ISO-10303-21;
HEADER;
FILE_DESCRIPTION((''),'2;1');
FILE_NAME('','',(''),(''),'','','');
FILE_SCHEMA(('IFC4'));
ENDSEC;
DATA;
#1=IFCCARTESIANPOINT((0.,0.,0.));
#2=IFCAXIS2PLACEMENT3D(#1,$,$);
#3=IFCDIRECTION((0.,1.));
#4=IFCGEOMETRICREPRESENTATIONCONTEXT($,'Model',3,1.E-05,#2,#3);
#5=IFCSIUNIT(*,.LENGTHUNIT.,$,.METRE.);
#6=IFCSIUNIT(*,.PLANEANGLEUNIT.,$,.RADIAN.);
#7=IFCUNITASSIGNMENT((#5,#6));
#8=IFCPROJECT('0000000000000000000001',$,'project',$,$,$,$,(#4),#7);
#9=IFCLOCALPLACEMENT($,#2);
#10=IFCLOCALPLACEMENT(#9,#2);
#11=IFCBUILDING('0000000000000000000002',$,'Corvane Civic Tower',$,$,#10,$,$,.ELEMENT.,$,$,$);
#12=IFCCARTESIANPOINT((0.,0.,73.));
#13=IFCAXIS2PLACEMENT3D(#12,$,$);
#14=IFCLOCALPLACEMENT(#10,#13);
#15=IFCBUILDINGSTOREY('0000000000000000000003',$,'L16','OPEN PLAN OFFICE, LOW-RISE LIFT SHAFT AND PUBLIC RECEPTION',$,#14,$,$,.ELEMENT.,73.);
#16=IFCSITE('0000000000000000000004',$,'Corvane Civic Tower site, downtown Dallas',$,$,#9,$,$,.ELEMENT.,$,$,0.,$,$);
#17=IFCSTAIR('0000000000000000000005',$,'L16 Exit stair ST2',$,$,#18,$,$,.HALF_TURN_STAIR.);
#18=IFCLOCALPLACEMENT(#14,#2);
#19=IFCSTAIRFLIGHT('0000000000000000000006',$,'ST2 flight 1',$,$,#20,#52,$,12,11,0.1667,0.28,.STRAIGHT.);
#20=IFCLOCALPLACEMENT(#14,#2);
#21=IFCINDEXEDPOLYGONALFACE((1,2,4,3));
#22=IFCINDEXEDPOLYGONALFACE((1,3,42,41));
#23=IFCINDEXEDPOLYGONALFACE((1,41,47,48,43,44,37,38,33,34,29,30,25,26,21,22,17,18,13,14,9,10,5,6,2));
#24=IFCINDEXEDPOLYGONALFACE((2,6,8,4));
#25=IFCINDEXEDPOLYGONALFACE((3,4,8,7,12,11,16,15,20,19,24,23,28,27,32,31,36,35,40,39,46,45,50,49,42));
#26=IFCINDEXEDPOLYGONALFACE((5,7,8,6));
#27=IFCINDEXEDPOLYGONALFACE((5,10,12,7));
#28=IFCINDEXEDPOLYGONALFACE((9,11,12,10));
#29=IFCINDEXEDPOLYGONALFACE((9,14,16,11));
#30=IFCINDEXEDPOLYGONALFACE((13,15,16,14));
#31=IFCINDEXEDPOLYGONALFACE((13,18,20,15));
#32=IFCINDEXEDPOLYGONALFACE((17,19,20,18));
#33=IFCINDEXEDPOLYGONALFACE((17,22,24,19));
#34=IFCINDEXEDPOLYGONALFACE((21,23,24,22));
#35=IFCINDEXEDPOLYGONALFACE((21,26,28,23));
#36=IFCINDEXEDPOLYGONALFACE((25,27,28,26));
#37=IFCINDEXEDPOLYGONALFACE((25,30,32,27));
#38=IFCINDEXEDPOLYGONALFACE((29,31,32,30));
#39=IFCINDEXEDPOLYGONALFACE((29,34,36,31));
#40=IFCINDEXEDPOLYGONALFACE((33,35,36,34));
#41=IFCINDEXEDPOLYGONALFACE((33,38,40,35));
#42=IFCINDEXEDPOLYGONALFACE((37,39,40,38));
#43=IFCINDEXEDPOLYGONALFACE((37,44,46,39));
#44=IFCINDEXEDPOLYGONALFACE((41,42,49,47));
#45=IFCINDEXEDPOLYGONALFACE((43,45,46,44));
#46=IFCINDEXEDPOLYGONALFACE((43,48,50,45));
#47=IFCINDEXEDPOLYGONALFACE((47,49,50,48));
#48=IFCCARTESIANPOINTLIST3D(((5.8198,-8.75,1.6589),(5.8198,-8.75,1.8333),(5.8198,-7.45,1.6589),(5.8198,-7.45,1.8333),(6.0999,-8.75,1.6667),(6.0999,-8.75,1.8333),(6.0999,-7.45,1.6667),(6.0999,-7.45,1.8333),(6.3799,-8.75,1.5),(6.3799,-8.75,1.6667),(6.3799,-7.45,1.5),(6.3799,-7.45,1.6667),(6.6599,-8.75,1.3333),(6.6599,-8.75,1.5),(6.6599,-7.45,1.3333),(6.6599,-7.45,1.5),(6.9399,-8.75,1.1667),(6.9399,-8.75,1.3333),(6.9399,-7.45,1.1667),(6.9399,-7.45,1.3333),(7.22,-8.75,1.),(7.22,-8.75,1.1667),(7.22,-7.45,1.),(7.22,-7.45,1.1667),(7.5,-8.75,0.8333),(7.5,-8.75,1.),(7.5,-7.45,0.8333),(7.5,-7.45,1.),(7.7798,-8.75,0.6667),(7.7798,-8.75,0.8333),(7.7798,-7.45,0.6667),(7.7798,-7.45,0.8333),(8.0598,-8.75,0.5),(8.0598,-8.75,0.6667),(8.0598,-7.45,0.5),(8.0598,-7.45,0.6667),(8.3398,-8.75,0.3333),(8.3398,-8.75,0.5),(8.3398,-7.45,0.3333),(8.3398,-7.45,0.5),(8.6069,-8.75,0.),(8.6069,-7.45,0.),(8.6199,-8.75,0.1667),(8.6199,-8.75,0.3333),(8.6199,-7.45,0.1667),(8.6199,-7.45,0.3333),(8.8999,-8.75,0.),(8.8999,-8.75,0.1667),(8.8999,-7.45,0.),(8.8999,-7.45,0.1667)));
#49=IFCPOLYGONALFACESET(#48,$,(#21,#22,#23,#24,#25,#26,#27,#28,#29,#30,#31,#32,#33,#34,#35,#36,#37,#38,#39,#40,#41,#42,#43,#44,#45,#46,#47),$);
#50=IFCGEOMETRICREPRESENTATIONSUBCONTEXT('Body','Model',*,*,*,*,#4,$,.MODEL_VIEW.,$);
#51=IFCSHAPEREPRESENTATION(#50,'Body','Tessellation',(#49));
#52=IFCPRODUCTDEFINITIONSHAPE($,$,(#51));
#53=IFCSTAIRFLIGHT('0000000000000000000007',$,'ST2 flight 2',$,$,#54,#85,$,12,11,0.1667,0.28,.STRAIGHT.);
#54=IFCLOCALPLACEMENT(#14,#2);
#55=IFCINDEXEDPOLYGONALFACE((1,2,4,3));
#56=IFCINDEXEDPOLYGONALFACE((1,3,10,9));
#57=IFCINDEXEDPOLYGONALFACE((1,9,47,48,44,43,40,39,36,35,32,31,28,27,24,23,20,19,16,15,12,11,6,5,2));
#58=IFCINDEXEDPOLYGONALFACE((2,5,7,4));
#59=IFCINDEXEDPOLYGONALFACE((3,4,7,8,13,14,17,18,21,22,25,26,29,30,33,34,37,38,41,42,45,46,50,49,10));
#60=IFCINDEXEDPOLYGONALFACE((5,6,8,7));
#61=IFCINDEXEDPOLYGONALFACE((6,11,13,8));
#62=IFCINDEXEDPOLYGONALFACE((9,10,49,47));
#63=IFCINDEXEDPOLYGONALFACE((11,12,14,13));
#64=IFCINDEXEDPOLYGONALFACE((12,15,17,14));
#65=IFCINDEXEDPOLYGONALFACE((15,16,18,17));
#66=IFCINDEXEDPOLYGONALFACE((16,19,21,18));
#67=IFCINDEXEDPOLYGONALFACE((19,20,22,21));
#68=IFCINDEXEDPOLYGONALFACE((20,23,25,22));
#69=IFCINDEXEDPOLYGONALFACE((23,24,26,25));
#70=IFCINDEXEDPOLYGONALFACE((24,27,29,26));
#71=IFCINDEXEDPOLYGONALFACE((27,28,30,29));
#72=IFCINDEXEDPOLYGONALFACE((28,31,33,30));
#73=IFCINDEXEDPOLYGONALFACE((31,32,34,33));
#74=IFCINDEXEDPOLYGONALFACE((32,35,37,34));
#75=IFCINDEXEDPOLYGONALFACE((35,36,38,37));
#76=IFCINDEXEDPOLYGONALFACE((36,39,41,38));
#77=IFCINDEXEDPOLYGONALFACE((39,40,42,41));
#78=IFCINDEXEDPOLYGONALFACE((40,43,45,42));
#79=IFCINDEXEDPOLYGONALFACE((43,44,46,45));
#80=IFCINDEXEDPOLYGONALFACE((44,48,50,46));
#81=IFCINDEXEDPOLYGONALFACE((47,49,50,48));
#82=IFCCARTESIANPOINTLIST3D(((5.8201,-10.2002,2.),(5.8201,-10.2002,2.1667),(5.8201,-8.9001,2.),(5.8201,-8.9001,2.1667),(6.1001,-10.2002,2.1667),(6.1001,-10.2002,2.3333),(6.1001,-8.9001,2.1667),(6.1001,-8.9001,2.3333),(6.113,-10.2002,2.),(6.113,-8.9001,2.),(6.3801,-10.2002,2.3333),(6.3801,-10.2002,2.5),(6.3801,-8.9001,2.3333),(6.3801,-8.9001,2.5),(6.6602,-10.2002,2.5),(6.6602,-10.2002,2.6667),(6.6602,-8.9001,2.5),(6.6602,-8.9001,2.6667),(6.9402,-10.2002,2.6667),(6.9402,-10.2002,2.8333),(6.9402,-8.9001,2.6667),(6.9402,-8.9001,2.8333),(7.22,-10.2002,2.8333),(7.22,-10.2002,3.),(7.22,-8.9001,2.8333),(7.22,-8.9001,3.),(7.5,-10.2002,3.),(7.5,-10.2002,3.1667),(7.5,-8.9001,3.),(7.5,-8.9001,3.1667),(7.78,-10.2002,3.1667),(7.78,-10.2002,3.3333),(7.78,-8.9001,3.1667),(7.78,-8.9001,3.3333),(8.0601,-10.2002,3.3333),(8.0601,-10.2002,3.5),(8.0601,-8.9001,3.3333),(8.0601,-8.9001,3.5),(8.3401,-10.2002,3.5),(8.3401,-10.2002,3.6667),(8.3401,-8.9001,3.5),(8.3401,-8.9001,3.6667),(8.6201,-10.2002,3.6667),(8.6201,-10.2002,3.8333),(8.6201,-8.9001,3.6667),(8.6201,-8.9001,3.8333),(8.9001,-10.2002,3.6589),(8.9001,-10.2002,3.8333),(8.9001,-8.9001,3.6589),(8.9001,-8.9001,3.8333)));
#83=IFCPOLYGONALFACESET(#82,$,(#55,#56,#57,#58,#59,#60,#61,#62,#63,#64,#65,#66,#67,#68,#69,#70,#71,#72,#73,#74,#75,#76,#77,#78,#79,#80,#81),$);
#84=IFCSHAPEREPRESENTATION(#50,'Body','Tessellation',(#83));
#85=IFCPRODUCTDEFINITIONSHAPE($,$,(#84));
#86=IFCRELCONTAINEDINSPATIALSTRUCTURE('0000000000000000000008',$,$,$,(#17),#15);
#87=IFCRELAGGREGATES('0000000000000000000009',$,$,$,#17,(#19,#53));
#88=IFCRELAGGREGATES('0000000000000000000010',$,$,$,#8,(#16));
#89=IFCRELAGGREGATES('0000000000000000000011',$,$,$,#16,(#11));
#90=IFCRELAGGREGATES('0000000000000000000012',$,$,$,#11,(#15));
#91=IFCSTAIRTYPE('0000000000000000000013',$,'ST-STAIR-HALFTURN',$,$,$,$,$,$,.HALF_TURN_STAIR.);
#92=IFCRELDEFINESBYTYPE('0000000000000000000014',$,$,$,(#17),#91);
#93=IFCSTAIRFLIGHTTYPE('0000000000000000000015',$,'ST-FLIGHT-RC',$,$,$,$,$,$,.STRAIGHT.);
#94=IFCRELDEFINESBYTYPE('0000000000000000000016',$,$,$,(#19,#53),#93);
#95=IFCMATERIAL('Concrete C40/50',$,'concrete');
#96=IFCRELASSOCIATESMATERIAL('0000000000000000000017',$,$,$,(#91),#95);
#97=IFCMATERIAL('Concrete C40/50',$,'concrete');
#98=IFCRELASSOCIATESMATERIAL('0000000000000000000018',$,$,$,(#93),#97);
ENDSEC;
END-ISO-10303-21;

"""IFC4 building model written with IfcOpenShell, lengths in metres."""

from ifc_helpers import new_model, si_unit, direction, frame, origin, place, context, subcontext, project, spatial, polyline, outline, extrude, material, type_object, element, aggregate, save


model = new_model("IFC4")

# Units and contexts
model_context = context("Model", 3, precision=1e-05, world=origin(), true_north=direction((0.0, 1.0)))
body_context = subcontext(model_context, "Body", "Model", "MODEL_VIEW")
ifc_project = project(units=[si_unit("LENGTHUNIT", "METRE"), si_unit("PLANEANGLEUNIT", "RADIAN")], contexts=[model_context])

# Site, building, storey
site_placement = place(None, origin())
site = spatial("IfcSite", under=ifc_project, at=site_placement, Name="Corvane Civic Tower site, downtown Dallas", CompositionType="ELEMENT", RefElevation=0.0)
building_placement = place(site_placement, origin())
building = spatial("IfcBuilding", under=site, at=building_placement, Name="Corvane Civic Tower", CompositionType="ELEMENT")
storey_placement = place(building_placement, frame((0.0, 0.0, 73.0)))
storey = spatial("IfcBuildingStorey", under=building, at=storey_placement, Name="L16", Description="OPEN PLAN OFFICE, LOW-RISE LIFT SHAFT AND PUBLIC RECEPTION", CompositionType="ELEMENT", Elevation=73.0)

# Stair, stair flights
ifc_material_1 = material(Name="Concrete C40/50", Category="concrete")
stair_type = type_object("IfcStairType", Name="ST-STAIR-HALFTURN", PredefinedType="HALF_TURN_STAIR", material=ifc_material_1)
stair_placement = place(storey_placement, origin())
stair = element("IfcStair", 1, at=stair_placement, inside=storey, type_object=stair_type, Name="L16 Exit stair ST2", PredefinedType="HALF_TURN_STAIR")
ifc_material_2 = material(Name="Concrete C40/50", Category="concrete")
stair_flight_type = type_object("IfcStairFlightType", Name="ST-FLIGHT-RC", PredefinedType="STRAIGHT", material=ifc_material_2)
stair_flight_1_placement = place(storey_placement, frame((8.8999, -8.1001, 0.0), z_axis=(0.0, 0.0, 1.0), x_axis=(-1.0, 0.0, 0.0)))
stair_flight_1 = element("IfcStairFlight", 2, at=stair_flight_1_placement, type_object=stair_flight_type, Name="ST2 flight 1", NumberOfRisers=12, NumberOfTreads=11, PredefinedType="STRAIGHT", RiserHeight=0.1667, TreadLength=0.28, context=body_context, shape_type="SweptSolid", body=[
    extrude(outline(polyline([(0.0, 0.0), (0.0, 0.1667), (0.28, 0.1667), (0.28, 0.3333), (0.5601, 0.3333), (0.5601, 0.5), (0.8401, 0.5), (0.8401, 0.6667), (1.1201, 0.6667), (1.1201, 0.8333), (1.3999, 0.8333), (1.3999, 1.0), (1.6799, 1.0), (1.6799, 1.1667), (1.96, 1.1667), (1.96, 1.3333), (2.24, 1.3333), (2.24, 1.5), (2.52, 1.5), (2.52, 1.6667), (2.8, 1.6667), (2.8, 1.8333), (3.0801, 1.8333), (3.0801, 2.0), (3.0801, 1.6589), (0.293, 0.0), (0.0, 0.0)])), frame((0.0, 0.6499, 0.0), z_axis=(0.0, -1.0, 0.0), x_axis=(1.0, 0.0, 0.0)), (0.0, 0.0, 1.0), 1.3),
])
stair_flight_2_placement = place(storey_placement, frame((5.8201, -9.55, 2.0), z_axis=(0.0, 0.0, 1.0), x_axis=(1.0, 0.0, 0.0)))
stair_flight_2 = element("IfcStairFlight", 3, at=stair_flight_2_placement, type_object=stair_flight_type, Name="ST2 flight 2", NumberOfRisers=12, NumberOfTreads=11, PredefinedType="STRAIGHT", RiserHeight=0.1667, TreadLength=0.28, context=body_context, shape_type="SweptSolid", body=[
    extrude(outline(polyline([(0.0, 0.0), (0.0, 0.1667), (0.28, 0.1667), (0.28, 0.3333), (0.5601, 0.3333), (0.5601, 0.5), (0.8401, 0.5), (0.8401, 0.6667), (1.1201, 0.6667), (1.1201, 0.8333), (1.3999, 0.8333), (1.3999, 1.0), (1.6799, 1.0), (1.6799, 1.1667), (1.96, 1.1667), (1.96, 1.3333), (2.24, 1.3333), (2.24, 1.5), (2.52, 1.5), (2.52, 1.6667), (2.8, 1.6667), (2.8, 1.8333), (3.0801, 1.8333), (3.0801, 2.0), (3.0801, 1.6589), (0.293, 0.0), (0.0, 0.0)])), frame((0.0, 0.6499, 0.0), z_axis=(0.0, -1.0, 0.0), x_axis=(1.0, 0.0, 0.0)), (0.0, 0.0, 1.0), 1.3),
])
aggregate(stair, [stair_flight_1, stair_flight_2])

save(model, "model.ifc")
